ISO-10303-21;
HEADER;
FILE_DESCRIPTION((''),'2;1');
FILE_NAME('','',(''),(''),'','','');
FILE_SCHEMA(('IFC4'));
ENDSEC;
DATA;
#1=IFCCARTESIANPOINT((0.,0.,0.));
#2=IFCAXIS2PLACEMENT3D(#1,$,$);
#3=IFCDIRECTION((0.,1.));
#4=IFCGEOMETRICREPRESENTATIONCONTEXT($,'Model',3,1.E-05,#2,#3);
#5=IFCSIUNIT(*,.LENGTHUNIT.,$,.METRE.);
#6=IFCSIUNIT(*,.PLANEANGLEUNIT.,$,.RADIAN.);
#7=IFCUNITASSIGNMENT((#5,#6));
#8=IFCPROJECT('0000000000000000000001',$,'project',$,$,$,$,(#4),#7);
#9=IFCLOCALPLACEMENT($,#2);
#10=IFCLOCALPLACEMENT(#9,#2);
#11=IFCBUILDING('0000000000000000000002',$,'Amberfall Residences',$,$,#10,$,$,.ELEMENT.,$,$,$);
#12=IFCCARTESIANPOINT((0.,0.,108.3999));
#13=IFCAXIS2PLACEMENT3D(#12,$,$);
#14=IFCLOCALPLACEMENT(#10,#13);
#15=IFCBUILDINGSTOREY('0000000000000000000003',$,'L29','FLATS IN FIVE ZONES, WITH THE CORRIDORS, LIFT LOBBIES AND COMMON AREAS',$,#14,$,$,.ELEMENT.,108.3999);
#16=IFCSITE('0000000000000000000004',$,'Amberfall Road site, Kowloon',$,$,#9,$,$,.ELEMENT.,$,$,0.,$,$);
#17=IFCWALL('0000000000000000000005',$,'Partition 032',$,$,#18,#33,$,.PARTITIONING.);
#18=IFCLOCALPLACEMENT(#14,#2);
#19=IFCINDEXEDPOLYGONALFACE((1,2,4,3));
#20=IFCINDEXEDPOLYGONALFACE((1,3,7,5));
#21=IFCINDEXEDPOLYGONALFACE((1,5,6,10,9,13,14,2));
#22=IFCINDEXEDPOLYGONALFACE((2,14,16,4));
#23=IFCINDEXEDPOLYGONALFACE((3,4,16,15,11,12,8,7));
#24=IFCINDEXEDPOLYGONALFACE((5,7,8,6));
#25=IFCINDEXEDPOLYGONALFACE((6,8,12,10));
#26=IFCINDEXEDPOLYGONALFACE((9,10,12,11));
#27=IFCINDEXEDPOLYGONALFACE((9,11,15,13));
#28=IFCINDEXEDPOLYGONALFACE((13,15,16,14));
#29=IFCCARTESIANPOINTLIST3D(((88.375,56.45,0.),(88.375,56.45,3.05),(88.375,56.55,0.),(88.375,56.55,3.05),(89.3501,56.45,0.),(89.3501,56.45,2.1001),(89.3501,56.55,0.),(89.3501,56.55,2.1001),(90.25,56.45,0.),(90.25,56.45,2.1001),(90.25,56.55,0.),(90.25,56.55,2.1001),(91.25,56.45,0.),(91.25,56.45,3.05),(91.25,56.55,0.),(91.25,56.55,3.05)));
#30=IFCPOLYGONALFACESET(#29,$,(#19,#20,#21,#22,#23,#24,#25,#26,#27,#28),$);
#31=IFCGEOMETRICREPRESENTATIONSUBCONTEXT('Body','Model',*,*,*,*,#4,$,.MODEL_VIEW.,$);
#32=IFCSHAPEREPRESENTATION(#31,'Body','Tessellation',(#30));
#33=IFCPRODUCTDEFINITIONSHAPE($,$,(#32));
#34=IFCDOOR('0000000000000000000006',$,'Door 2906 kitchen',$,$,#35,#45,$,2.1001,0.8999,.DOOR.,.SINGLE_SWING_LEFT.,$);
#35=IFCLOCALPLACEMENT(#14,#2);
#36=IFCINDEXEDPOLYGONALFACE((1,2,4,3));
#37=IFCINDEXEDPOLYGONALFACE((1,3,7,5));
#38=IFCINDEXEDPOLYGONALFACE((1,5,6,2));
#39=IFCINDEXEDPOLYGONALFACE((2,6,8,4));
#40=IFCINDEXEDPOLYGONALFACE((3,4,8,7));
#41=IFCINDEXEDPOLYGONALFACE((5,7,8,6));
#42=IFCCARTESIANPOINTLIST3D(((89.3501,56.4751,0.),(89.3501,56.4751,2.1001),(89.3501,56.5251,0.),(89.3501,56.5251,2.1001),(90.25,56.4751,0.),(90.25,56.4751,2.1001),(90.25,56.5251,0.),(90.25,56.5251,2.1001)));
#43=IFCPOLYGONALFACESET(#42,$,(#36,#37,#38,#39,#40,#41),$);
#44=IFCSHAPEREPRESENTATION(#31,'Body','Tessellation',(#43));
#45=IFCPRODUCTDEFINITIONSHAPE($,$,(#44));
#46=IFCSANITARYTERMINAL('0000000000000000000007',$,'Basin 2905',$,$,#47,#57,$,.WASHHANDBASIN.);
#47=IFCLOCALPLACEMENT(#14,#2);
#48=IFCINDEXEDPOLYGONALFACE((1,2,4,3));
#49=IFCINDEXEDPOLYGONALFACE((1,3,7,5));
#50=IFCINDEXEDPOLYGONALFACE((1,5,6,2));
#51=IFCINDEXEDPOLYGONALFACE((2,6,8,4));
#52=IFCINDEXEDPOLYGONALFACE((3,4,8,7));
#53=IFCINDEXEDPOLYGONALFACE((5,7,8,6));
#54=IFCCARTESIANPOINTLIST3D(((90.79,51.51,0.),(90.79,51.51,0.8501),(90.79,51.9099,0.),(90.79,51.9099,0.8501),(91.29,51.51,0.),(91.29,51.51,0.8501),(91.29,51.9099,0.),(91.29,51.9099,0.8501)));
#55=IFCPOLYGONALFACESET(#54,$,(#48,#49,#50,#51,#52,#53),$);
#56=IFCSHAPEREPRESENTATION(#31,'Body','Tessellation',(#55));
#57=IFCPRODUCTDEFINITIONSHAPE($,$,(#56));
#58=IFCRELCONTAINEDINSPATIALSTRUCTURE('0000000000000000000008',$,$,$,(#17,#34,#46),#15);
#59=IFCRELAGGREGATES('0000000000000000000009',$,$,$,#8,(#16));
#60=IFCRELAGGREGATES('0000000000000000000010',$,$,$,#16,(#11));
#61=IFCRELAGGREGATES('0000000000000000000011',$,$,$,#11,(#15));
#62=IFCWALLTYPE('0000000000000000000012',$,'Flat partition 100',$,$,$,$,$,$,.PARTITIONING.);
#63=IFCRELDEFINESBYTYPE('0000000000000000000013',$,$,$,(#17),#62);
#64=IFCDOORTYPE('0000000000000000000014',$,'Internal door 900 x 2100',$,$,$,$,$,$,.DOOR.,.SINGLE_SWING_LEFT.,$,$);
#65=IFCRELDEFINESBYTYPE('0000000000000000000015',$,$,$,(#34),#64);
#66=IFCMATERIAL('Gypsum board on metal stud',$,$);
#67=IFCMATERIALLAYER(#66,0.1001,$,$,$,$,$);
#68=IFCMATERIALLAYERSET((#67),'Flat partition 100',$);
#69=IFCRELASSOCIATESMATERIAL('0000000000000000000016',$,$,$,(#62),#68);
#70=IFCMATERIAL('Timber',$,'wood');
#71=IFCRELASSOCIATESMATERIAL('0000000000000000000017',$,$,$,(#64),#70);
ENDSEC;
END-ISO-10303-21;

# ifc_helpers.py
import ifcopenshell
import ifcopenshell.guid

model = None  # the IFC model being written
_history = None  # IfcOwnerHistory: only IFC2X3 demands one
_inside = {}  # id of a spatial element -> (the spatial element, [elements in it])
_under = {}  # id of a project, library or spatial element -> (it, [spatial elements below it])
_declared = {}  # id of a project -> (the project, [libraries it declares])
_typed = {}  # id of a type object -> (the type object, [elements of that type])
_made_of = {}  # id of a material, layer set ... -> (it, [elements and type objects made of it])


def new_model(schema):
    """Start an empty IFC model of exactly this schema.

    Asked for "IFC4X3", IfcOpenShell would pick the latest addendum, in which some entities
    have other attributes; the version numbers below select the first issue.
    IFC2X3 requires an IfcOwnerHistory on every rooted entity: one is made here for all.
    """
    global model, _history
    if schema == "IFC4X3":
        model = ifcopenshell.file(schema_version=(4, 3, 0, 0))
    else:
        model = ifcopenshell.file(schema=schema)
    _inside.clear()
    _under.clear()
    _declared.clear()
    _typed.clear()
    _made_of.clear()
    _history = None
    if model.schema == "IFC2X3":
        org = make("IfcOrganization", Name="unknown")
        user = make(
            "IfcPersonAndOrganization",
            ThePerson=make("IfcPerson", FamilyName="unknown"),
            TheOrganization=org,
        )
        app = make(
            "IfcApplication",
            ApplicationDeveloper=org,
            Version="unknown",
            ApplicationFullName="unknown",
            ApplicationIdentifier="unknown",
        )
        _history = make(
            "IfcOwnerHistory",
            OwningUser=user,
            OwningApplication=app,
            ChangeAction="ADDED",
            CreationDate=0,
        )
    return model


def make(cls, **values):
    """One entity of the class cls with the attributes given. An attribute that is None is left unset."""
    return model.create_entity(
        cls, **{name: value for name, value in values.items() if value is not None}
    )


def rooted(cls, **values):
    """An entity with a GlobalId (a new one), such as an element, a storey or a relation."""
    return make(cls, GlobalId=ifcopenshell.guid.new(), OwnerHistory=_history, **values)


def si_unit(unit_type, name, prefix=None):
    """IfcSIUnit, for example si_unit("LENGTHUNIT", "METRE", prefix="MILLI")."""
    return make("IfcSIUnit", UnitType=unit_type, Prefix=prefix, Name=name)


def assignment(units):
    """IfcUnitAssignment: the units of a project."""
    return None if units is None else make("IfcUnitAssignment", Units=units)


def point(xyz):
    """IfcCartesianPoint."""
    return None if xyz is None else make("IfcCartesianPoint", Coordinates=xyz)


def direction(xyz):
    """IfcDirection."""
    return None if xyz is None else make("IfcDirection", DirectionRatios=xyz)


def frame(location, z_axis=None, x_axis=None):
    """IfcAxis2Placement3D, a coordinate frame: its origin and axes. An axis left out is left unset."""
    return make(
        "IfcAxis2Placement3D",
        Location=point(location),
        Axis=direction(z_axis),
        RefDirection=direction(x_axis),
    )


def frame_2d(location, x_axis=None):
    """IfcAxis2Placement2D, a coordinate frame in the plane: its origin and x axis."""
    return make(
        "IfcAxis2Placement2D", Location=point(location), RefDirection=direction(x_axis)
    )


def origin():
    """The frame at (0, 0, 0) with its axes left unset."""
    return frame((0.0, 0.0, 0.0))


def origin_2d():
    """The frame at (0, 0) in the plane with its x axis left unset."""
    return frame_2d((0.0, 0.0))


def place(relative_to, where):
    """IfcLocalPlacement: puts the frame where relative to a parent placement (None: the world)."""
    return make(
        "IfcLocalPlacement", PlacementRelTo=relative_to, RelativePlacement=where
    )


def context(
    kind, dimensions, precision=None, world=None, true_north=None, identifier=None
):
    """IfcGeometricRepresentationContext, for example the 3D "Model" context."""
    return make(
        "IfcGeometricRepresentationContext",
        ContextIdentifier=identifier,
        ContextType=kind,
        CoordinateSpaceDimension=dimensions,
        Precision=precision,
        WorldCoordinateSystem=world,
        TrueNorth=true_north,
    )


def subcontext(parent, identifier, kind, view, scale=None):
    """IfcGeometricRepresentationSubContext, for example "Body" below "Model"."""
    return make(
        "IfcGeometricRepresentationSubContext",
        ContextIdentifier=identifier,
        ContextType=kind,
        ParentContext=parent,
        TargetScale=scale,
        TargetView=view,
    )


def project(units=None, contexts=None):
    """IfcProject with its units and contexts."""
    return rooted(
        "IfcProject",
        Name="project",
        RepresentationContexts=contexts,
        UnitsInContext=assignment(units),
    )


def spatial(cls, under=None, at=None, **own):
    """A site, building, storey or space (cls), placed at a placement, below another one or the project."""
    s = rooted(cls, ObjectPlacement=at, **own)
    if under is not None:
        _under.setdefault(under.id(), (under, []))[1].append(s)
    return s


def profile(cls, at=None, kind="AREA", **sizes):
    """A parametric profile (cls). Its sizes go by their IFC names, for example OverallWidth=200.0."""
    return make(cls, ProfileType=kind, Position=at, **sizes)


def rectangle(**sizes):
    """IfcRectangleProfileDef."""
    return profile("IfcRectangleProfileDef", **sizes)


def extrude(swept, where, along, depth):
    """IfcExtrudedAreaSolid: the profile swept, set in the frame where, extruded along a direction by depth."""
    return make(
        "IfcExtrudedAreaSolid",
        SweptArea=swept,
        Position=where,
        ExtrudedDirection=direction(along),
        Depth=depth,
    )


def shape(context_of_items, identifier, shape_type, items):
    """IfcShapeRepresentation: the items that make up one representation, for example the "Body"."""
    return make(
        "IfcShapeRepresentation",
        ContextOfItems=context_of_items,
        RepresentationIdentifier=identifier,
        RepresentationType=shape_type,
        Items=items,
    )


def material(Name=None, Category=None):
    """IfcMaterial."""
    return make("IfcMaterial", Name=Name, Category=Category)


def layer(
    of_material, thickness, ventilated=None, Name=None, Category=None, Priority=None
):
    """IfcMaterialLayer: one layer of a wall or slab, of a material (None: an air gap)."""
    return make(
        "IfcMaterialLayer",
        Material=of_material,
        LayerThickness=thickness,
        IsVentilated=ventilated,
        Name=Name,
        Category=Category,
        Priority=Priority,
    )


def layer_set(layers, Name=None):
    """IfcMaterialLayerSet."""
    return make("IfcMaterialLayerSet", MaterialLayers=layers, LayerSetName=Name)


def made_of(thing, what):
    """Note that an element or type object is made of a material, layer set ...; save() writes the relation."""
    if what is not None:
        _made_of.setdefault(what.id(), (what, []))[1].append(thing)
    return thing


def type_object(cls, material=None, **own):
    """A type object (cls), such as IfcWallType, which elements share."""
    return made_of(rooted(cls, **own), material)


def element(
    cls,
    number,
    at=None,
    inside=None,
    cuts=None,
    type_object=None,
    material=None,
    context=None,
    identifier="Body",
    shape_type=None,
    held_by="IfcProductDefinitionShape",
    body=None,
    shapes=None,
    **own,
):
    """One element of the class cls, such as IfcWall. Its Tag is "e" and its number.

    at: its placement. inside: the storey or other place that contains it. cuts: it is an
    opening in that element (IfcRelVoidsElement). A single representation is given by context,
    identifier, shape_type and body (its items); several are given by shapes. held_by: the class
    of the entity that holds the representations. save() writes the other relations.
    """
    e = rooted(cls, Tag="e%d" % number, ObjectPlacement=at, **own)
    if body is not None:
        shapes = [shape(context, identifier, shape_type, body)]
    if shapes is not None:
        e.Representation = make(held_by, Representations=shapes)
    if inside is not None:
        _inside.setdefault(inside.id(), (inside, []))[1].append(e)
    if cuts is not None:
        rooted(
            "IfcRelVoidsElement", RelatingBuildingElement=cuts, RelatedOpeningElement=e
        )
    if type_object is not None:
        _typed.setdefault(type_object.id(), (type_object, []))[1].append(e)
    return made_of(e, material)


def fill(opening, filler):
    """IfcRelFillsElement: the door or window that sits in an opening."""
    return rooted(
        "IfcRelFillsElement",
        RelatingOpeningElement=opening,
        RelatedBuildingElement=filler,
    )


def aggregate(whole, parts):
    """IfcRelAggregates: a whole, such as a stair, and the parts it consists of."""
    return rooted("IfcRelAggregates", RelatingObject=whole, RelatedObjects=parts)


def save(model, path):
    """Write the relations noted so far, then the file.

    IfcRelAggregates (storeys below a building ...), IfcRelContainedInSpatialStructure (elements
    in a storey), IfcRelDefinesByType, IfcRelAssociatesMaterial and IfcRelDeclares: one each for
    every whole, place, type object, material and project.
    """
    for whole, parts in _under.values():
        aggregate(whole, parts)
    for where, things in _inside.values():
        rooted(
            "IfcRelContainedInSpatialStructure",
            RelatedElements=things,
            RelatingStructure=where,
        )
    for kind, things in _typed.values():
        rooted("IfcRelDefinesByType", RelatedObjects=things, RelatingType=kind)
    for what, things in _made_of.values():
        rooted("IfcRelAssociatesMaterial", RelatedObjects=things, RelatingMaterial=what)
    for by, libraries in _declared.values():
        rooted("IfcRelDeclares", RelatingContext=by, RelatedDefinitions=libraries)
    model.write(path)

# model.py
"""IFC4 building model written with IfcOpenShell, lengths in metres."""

from ifc_helpers import new_model, si_unit, direction, frame, frame_2d, origin, origin_2d, place, context, subcontext, project, spatial, rectangle, extrude, material, layer, layer_set, type_object, element, fill, save


model = new_model("IFC4")

# Units and contexts
model_context = context("Model", 3, precision=1e-05, world=origin(), true_north=direction((0.0, 1.0)))
body_context = subcontext(model_context, "Body", "Model", "MODEL_VIEW")
ifc_project = project(units=[si_unit("LENGTHUNIT", "METRE"), si_unit("PLANEANGLEUNIT", "RADIAN")], contexts=[model_context])

# Site, building, storey
site_placement = place(None, origin())
site = spatial("IfcSite", under=ifc_project, at=site_placement, Name="Amberfall Road site, Kowloon", CompositionType="ELEMENT", RefElevation=0.0)
building_placement = place(site_placement, origin())
building = spatial("IfcBuilding", under=site, at=building_placement, Name="Amberfall Residences", CompositionType="ELEMENT")
storey_placement = place(building_placement, frame((0.0, 0.0, 108.3999)))
storey = spatial("IfcBuildingStorey", under=building, at=storey_placement, Name="L29", Description="FLATS IN FIVE ZONES, WITH THE CORRIDORS, LIFT LOBBIES AND COMMON AREAS", CompositionType="ELEMENT", Elevation=108.3999)

# Shared definitions
ifc_material_1 = material(Name="Gypsum board on metal stud")
ifc_layer_1 = layer(ifc_material_1, 0.1001)
ifc_layer_set_1 = layer_set([ifc_layer_1], Name="Flat partition 100")
wall_type_1 = type_object("IfcWallType", Name="Flat partition 100", PredefinedType="PARTITIONING", material=ifc_layer_set_1)

# Wall, opening, door
ifc_material_2 = material(Name="Timber", Category="wood")
wall_1_placement = place(storey_placement, frame((91.25, 56.5, 0.0), z_axis=(0.0, 0.0, 1.0), x_axis=(-1.0, 0.0, 0.0)))
wall_1 = element("IfcWall", 1, at=wall_1_placement, inside=storey, type_object=wall_type_1, Name="Partition 032", PredefinedType="PARTITIONING", context=body_context, shape_type="SweptSolid", body=[
    extrude(rectangle(XDim=2.875, YDim=0.1001, at=frame_2d((1.4375, 0.0))), origin(), (0.0, 0.0, 1.0), 3.05),
])
opening_1_placement = place(wall_1_placement, frame((1.0, 0.0, 0.0)))
opening_1 = element("IfcOpeningElement", 2, at=opening_1_placement, cuts=wall_1, PredefinedType="OPENING", context=body_context, shape_type="SweptSolid", body=[
    extrude(rectangle(XDim=0.8999, YDim=2.1001, at=frame_2d((0.45, 1.05))), frame((0.0, 0.0601, 0.0), z_axis=(0.0, -1.0, 0.0), x_axis=(1.0, 0.0, 0.0)), (0.0, 0.0, 1.0), 0.1201),
])
door_type_1 = type_object("IfcDoorType", Name="Internal door 900 x 2100", OperationType="SINGLE_SWING_LEFT", PredefinedType="DOOR", material=ifc_material_2)
door_1_placement = place(opening_1_placement, origin())
door_1 = element("IfcDoor", 3, at=door_1_placement, inside=storey, type_object=door_type_1, Name="Door 2906 kitchen", OperationType="SINGLE_SWING_LEFT", OverallHeight=2.1001, OverallWidth=0.8999, PredefinedType="DOOR", context=body_context, shape_type="SweptSolid", body=[
    extrude(rectangle(XDim=0.8999, YDim=2.1001, at=frame_2d((0.45, 1.05))), frame((0.0, 0.0249, 0.0), z_axis=(0.0, -1.0, 0.0), x_axis=(1.0, 0.0, 0.0)), (0.0, 0.0, 1.0), 0.05),
])
fill(opening_1, door_1)

# Sanitary terminal
sanitary_terminal_placement = place(storey_placement, frame((91.04, 51.71, 0.0), z_axis=(0.0, 0.0, 1.0), x_axis=(1.0, 0.0, 0.0)))
element("IfcSanitaryTerminal", 4, at=sanitary_terminal_placement, inside=storey, Name="Basin 2905", PredefinedType="WASHHANDBASIN", context=body_context, shape_type="SweptSolid", body=[
    extrude(rectangle(XDim=0.5, YDim=0.3999, at=origin_2d()), origin(), (0.0, 0.0, 1.0), 0.8501),
])

save(model, "model.ifc")
